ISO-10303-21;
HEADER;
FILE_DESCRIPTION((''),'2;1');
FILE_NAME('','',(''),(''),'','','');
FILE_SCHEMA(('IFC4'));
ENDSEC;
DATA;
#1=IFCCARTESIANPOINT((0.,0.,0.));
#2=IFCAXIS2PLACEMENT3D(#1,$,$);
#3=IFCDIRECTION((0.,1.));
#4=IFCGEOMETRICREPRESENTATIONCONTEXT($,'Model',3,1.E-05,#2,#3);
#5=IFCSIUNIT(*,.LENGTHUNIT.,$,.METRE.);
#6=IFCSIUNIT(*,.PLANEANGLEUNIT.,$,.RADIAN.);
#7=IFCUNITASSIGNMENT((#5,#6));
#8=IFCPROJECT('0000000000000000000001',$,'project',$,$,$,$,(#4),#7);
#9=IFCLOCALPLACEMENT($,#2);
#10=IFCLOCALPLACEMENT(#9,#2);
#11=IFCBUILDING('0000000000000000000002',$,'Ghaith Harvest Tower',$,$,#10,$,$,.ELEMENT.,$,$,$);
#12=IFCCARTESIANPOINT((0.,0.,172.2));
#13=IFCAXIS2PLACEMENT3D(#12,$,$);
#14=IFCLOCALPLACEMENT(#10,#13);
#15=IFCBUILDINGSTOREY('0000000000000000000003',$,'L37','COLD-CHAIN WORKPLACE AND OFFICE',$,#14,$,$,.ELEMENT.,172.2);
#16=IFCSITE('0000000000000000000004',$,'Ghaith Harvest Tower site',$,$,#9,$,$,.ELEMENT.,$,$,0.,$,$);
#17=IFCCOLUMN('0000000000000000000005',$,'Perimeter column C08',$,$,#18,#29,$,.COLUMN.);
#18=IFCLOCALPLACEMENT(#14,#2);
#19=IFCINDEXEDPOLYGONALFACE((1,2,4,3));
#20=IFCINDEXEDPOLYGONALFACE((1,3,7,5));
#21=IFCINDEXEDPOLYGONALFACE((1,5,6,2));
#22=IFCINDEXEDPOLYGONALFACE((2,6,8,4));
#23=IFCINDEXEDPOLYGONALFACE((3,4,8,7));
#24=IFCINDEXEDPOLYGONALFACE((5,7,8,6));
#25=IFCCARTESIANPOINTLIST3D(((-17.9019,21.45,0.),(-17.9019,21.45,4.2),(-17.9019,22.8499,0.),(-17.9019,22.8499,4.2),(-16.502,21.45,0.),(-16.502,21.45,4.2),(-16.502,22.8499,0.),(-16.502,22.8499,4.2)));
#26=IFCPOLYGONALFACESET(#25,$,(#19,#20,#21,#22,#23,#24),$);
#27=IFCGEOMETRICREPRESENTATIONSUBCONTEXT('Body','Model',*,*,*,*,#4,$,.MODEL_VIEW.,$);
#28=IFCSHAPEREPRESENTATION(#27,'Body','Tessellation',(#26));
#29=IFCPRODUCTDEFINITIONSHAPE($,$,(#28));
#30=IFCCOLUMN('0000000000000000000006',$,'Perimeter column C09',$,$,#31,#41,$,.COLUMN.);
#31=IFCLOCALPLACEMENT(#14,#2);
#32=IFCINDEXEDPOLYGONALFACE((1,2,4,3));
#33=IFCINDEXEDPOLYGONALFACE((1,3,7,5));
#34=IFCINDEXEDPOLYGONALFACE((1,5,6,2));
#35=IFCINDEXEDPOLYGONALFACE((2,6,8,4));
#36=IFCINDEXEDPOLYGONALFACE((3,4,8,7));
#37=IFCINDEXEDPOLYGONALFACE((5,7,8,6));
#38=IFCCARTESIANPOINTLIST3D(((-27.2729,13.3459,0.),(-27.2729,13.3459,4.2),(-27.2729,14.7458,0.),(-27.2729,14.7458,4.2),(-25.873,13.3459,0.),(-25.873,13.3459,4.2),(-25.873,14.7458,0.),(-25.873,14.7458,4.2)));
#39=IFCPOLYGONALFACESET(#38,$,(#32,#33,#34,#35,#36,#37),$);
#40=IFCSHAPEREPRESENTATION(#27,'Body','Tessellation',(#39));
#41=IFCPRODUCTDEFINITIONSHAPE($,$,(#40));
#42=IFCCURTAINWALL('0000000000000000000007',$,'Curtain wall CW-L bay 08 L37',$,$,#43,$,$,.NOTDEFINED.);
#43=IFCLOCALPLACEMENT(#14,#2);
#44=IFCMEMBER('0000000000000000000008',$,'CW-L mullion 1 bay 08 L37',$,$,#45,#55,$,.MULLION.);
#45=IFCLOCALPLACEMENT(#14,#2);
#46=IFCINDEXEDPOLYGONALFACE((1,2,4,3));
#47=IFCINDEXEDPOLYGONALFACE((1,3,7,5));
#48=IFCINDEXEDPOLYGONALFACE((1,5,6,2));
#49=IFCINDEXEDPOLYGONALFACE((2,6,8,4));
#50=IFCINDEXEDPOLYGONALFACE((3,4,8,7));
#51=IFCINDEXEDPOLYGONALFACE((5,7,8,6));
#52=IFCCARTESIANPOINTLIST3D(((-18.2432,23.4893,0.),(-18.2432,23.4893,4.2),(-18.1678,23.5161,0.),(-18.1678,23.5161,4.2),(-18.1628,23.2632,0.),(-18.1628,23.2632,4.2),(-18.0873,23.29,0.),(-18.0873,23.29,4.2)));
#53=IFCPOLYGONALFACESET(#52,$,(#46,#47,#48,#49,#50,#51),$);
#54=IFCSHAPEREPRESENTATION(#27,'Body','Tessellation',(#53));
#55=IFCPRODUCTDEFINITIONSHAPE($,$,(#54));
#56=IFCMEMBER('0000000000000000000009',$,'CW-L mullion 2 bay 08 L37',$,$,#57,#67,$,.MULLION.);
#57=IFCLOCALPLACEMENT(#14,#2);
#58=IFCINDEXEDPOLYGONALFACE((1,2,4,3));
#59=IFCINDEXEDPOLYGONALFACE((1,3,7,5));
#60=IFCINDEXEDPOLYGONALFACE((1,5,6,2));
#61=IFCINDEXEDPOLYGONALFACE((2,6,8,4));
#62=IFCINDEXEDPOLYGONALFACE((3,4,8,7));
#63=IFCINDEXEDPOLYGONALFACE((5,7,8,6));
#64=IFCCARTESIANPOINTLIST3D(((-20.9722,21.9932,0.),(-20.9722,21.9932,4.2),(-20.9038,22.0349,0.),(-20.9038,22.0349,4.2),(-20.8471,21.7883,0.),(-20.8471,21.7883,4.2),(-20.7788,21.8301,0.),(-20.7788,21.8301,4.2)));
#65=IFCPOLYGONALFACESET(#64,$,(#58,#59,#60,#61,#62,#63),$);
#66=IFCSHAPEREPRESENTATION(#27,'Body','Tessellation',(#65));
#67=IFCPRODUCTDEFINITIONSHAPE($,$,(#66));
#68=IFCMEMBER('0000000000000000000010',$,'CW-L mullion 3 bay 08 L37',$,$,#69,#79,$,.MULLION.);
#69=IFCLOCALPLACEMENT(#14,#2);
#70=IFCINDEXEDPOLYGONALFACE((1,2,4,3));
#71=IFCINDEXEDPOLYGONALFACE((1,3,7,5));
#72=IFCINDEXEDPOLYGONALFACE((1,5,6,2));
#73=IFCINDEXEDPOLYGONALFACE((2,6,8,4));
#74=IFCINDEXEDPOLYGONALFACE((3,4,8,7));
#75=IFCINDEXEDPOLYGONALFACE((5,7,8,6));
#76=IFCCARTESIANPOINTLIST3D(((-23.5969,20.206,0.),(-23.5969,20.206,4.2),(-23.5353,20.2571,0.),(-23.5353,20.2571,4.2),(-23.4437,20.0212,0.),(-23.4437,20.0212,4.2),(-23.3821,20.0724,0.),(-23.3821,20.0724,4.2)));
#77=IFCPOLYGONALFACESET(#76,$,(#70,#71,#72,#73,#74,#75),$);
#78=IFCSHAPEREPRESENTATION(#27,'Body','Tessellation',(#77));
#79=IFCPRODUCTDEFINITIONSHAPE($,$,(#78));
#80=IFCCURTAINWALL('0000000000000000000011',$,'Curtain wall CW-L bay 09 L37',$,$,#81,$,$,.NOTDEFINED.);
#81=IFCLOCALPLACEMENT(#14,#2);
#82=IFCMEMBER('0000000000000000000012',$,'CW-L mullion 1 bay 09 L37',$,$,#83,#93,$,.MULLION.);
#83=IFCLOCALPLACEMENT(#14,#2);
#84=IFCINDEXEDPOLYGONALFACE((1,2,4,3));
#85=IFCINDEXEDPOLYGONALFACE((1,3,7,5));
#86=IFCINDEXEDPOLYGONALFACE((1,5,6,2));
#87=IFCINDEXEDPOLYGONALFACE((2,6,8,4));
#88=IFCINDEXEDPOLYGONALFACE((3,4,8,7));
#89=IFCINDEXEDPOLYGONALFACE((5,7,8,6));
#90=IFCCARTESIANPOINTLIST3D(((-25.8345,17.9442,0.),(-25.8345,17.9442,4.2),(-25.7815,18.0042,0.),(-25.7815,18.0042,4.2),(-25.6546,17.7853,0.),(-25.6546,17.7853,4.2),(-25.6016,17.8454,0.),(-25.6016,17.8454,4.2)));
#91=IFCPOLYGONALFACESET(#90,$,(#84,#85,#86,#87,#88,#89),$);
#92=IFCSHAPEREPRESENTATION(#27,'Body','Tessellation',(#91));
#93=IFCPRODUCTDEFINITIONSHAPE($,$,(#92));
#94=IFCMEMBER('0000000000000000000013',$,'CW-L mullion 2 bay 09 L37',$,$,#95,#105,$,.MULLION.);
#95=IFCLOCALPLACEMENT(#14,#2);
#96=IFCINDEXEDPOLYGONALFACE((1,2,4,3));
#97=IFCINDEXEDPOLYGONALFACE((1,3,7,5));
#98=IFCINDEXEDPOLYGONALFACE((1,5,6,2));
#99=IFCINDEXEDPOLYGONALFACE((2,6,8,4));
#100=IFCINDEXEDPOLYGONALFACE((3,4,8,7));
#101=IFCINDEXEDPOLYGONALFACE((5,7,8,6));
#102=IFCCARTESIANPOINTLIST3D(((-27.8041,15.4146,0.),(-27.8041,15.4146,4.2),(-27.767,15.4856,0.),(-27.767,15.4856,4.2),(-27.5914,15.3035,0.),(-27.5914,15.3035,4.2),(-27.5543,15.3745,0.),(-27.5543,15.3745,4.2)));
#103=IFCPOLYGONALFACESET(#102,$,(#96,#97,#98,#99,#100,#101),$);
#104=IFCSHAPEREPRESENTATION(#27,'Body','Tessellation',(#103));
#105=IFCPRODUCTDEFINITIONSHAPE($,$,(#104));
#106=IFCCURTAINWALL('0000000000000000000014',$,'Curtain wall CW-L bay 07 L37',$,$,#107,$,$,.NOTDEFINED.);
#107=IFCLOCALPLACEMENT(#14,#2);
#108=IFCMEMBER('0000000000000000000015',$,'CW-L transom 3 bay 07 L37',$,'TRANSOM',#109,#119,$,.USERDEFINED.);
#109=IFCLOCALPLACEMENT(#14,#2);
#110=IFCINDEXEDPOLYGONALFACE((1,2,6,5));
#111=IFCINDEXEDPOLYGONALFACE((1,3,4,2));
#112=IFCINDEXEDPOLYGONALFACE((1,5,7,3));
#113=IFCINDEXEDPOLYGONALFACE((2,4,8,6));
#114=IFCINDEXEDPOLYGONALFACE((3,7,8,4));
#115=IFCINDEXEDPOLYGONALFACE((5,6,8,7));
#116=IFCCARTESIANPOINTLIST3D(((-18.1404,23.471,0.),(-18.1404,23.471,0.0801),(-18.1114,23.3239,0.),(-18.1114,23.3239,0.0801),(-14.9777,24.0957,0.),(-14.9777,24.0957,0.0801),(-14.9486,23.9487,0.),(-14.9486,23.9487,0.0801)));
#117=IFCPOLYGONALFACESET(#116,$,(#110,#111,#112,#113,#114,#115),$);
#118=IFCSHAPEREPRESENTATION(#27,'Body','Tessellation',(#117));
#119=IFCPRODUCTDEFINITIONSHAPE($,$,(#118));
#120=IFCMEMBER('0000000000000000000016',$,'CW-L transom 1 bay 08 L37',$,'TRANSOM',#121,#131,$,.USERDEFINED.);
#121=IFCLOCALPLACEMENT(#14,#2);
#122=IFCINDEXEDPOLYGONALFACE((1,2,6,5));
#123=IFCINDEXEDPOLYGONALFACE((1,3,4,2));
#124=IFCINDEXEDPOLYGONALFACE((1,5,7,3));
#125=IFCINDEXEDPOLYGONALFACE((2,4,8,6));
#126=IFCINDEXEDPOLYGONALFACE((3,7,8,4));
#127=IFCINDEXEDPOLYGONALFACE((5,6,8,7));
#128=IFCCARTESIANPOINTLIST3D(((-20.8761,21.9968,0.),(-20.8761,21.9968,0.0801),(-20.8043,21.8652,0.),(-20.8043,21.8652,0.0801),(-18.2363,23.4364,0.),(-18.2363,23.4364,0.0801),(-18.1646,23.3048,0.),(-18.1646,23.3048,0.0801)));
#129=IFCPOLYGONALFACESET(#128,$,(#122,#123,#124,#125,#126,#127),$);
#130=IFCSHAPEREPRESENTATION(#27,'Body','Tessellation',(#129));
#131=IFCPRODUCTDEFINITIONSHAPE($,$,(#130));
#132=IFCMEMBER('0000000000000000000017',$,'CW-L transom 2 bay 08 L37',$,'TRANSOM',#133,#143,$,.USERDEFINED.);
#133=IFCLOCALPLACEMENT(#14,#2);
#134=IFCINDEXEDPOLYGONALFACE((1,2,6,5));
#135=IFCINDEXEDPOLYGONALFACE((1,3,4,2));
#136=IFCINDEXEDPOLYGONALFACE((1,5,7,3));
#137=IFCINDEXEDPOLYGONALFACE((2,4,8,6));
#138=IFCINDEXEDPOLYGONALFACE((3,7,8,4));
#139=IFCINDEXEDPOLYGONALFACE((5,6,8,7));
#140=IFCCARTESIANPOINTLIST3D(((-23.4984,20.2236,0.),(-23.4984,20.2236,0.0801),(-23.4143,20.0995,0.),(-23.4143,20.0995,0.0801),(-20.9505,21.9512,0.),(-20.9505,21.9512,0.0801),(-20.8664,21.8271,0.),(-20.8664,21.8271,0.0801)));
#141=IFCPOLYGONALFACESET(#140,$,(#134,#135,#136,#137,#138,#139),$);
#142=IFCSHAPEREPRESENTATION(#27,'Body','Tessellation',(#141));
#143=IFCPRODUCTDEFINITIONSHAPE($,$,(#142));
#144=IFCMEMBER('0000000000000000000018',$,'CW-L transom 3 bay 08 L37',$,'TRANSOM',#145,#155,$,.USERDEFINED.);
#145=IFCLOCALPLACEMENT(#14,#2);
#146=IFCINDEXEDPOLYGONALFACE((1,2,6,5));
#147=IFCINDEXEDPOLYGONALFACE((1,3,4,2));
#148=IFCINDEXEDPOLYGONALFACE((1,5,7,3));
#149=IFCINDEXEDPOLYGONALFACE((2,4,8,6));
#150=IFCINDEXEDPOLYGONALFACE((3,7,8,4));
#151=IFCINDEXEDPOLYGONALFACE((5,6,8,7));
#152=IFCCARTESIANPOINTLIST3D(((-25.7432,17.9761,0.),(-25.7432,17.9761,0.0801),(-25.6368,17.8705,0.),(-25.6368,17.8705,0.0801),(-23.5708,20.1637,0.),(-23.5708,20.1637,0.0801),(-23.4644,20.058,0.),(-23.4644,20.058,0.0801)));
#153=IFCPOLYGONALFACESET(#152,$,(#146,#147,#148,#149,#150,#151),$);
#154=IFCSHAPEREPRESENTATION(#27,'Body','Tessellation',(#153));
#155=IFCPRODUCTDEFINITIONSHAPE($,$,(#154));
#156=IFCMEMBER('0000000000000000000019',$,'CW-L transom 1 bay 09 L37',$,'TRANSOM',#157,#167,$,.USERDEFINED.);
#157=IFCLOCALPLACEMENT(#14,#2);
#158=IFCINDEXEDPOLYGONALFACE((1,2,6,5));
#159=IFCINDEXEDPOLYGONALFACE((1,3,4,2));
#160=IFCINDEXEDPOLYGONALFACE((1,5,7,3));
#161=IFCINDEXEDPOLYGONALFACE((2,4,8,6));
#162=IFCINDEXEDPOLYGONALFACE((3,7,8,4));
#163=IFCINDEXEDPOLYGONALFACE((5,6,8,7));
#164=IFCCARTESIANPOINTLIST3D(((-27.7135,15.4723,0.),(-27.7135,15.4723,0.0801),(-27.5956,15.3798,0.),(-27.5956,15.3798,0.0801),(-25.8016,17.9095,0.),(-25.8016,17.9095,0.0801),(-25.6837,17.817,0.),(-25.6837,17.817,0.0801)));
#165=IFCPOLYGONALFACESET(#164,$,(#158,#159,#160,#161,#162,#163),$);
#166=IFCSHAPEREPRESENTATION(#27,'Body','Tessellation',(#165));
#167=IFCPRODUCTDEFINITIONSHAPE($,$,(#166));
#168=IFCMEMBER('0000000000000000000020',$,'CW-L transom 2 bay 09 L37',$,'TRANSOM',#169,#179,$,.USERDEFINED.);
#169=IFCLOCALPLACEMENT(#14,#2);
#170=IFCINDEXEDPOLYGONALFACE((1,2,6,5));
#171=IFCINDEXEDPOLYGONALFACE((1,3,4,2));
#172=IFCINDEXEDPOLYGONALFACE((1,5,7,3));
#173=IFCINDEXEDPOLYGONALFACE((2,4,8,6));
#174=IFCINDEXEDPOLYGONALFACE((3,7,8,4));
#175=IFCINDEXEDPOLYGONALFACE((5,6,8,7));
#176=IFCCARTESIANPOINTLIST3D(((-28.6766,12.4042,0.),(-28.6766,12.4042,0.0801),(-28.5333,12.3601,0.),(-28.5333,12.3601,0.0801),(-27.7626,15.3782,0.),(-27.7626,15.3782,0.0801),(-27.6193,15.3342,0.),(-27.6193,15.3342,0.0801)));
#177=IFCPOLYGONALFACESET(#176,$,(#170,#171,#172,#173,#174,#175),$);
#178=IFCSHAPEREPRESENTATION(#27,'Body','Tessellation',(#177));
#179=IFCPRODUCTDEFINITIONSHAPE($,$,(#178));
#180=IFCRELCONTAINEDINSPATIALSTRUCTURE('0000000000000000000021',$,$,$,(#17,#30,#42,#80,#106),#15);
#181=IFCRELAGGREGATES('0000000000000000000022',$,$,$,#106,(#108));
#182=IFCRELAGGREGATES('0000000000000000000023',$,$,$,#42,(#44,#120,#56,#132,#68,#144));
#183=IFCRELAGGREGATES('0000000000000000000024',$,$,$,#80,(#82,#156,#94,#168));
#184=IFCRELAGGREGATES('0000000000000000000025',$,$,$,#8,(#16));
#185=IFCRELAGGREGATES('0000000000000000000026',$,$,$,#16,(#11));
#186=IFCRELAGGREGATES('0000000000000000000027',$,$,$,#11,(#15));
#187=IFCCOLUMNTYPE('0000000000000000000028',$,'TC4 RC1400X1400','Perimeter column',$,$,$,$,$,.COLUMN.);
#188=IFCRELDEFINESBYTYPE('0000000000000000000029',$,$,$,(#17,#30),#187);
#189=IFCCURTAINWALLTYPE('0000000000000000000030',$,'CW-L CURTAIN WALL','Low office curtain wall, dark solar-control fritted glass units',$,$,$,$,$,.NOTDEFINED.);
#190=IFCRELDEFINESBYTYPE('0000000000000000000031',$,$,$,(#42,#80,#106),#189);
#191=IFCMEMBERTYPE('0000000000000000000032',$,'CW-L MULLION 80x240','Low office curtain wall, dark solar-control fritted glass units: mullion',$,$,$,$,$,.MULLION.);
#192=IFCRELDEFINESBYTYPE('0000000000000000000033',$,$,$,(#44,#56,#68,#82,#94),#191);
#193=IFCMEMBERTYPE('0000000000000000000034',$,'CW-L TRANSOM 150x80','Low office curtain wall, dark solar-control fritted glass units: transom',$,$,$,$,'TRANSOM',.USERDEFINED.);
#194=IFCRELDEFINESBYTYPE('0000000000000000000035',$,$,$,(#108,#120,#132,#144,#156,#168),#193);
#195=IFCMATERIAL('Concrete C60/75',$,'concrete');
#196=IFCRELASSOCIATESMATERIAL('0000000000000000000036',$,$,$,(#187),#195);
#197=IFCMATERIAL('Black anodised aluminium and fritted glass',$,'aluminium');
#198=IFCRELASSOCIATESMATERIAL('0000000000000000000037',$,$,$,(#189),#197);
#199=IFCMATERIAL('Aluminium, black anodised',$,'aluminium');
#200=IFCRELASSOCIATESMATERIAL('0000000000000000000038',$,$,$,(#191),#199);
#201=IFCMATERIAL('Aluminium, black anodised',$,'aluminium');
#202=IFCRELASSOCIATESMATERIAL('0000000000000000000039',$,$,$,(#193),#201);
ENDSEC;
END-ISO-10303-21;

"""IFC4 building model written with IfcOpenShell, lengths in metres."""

from ifc_helpers import new_model, si_unit, direction, frame, origin, origin_2d, place, context, subcontext, project, spatial, rectangle, extrude, material, material_profile, profile_set, type_object, element, aggregate, save


model = new_model("IFC4")

# Units and contexts
model_context = context("Model", 3, precision=1e-05, world=origin(), true_north=direction((0.0, 1.0)))
body_context = subcontext(model_context, "Body", "Model", "MODEL_VIEW")
ifc_project = project(units=[si_unit("LENGTHUNIT", "METRE"), si_unit("PLANEANGLEUNIT", "RADIAN")], contexts=[model_context])

# Site, building, storey
site_placement = place(None, origin())
site = spatial("IfcSite", under=ifc_project, at=site_placement, Name="Ghaith Harvest Tower site", CompositionType="ELEMENT", RefElevation=0.0)
building_placement = place(site_placement, origin())
building = spatial("IfcBuilding", under=site, at=building_placement, Name="Ghaith Harvest Tower", CompositionType="ELEMENT")
storey_placement = place(building_placement, frame((0.0, 0.0, 172.2)))
storey = spatial("IfcBuildingStorey", under=building, at=storey_placement, Name="L37", Description="COLD-CHAIN WORKPLACE AND OFFICE", CompositionType="ELEMENT", Elevation=172.2)

# Columns
ifc_material_1 = material(Name="Concrete C60/75", Category="concrete")
ifc_material_profile_1 = material_profile(ifc_material_1, rectangle(XDim=1.3999, YDim=1.3999, at=origin_2d()), Name="RC1400X1400")
ifc_profile_set_1 = profile_set([ifc_material_profile_1], Name="Concrete C60/75")
column_type = type_object("IfcColumnType", Name="TC4 RC1400X1400", Description="Perimeter column", PredefinedType="COLUMN", material=ifc_profile_set_1)
for number, where, z_axis, x_axis, name in (
    (1, (-17.2019, 22.1499, 0.0), (0.0, 0.0, 1.0), (1.0, 0.0, 0.0), "Perimeter column C08"),
    (2, (-26.573, 14.0459, 0.0), (0.0, 0.0, 1.0), (1.0, 0.0, 0.0), "Perimeter column C09"),
):
    element("IfcColumn", number, at=place(storey_placement, frame(where, z_axis=z_axis, x_axis=x_axis)), inside=storey, type_object=column_type, Name=name, PredefinedType="COLUMN", context=body_context, shape_type="SweptSolid", body=[
        extrude(rectangle(XDim=1.3999, YDim=1.3999, at=origin_2d()), origin(), (0.0, 0.0, 1.0), 4.2),
    ])

# Curtain walls, members
ifc_material_2 = material(Name="Black anodised aluminium and fritted glass", Category="aluminium")
curtain_wall_type = type_object("IfcCurtainWallType", Name="CW-L CURTAIN WALL", Description="Low office curtain wall, dark solar-control fritted glass units", PredefinedType="NOTDEFINED", material=ifc_material_2)
curtain_wall_1_placement = place(storey_placement, origin())
curtain_wall_1 = element("IfcCurtainWall", 3, at=curtain_wall_1_placement, inside=storey, type_object=curtain_wall_type, Name="Curtain wall CW-L bay 08 L37", PredefinedType="NOTDEFINED")
ifc_material_3 = material(Name="Aluminium, black anodised", Category="aluminium")
ifc_material_profile_2 = material_profile(ifc_material_3, rectangle(XDim=0.0801, YDim=0.24, at=origin_2d()), Name="CW-L MULLION 80x240")
ifc_profile_set_2 = profile_set([ifc_material_profile_2], Name="Aluminium, black anodised")
member_type_1 = type_object("IfcMemberType", Name="CW-L MULLION 80x240", Description="Low office curtain wall, dark solar-control fritted glass units: mullion", PredefinedType="MULLION", material=ifc_profile_set_2)
member_1_placement = place(storey_placement, frame((-18.1653, 23.3896, 0.0), z_axis=(0.0, 0.0, 1.0), x_axis=(-0.942104, -0.335322, 0.0)))
member_1 = element("IfcMember", 4, at=member_1_placement, type_object=member_type_1, Name="CW-L mullion 1 bay 08 L37", PredefinedType="MULLION", context=body_context, shape_type="SweptSolid", body=[
    extrude(rectangle(XDim=0.0801, YDim=0.24, at=origin_2d()), origin(), (0.0, 0.0, 1.0), 4.2),
])
member_2_placement = place(storey_placement, frame((-20.8755, 21.9116, 0.0), z_axis=(0.0, 0.0, 1.0), x_axis=(-0.853516, -0.521067, 0.0)))
member_2 = element("IfcMember", 5, at=member_2_placement, type_object=member_type_1, Name="CW-L mullion 2 bay 08 L37", PredefinedType="MULLION", context=body_context, shape_type="SweptSolid", body=[
    extrude(rectangle(XDim=0.0801, YDim=0.24, at=origin_2d()), origin(), (0.0, 0.0, 1.0), 4.2),
])
member_3_placement = place(storey_placement, frame((-23.4895, 20.1392, 0.0), z_axis=(0.0, 0.0, 1.0), x_axis=(-0.769683, -0.638427, 0.0)))
member_3 = element("IfcMember", 6, at=member_3_placement, type_object=member_type_1, Name="CW-L mullion 3 bay 08 L37", PredefinedType="MULLION", context=body_context, shape_type="SweptSolid", body=[
    extrude(rectangle(XDim=0.0801, YDim=0.24, at=origin_2d()), origin(), (0.0, 0.0, 1.0), 4.2),
])
curtain_wall_2_placement = place(storey_placement, origin())
curtain_wall_2 = element("IfcCurtainWall", 7, at=curtain_wall_2_placement, inside=storey, type_object=curtain_wall_type, Name="Curtain wall CW-L bay 09 L37", PredefinedType="NOTDEFINED")
member_4_placement = place(storey_placement, frame((-25.718, 17.8948, 0.0), z_axis=(0.0, 0.0, 1.0), x_axis=(-0.661904, -0.749589, 0.0)))
member_4 = element("IfcMember", 8, at=member_4_placement, type_object=member_type_1, Name="CW-L mullion 1 bay 09 L37", PredefinedType="MULLION", context=body_context, shape_type="SweptSolid", body=[
    extrude(rectangle(XDim=0.0801, YDim=0.24, at=origin_2d()), origin(), (0.0, 0.0, 1.0), 4.2),
])
member_5_placement = place(storey_placement, frame((-27.6792, 15.3945, 0.0), z_axis=(0.0, 0.0, 1.0), x_axis=(-0.46289, -0.886416, 0.0)))
member_5 = element("IfcMember", 9, at=member_5_placement, type_object=member_type_1, Name="CW-L mullion 2 bay 09 L37", PredefinedType="MULLION", context=body_context, shape_type="SweptSolid", body=[
    extrude(rectangle(XDim=0.0801, YDim=0.24, at=origin_2d()), origin(), (0.0, 0.0, 1.0), 4.2),
])

# Curtain wall, member
curtain_wall_3_placement = place(storey_placement, origin())
curtain_wall_3 = element("IfcCurtainWall", 10, at=curtain_wall_3_placement, inside=storey, type_object=curtain_wall_type, Name="Curtain wall CW-L bay 07 L37", PredefinedType="NOTDEFINED")
ifc_material_4 = material(Name="Aluminium, black anodised", Category="aluminium")
ifc_material_profile_3 = material_profile(ifc_material_4, rectangle(XDim=0.1499, YDim=0.0801, at=origin_2d()), Name="CW-L TRANSOM 150x80")
ifc_profile_set_3 = profile_set([ifc_material_profile_3], Name="Aluminium, black anodised")
member_type_2 = type_object("IfcMemberType", Name="CW-L TRANSOM 150x80", Description="Low office curtain wall, dark solar-control fritted glass units: transom", ElementType="TRANSOM", PredefinedType="USERDEFINED", material=ifc_profile_set_3)
member_6_placement = place(storey_placement, frame((-14.9631, 24.0222, 0.04), z_axis=(-0.981044, -0.193786, 0.0), x_axis=(0.193786, -0.981044, 0.0)))
member_6 = element("IfcMember", 11, at=member_6_placement, type_object=member_type_2, Name="CW-L transom 3 bay 07 L37", ObjectType="TRANSOM", PredefinedType="USERDEFINED", context=body_context, shape_type="SweptSolid", body=[
    extrude(rectangle(XDim=0.1499, YDim=0.0801, at=origin_2d()), origin(), (0.0, 0.0, 1.0), 3.2239),
])

# Members
member_7_placement = place(storey_placement, frame((-18.2004, 23.3706, 0.04), z_axis=(-0.87793, -0.47879, 0.0), x_axis=(0.47879, -0.87793, 0.0)))
member_7 = element("IfcMember", 12, at=member_7_placement, type_object=member_type_2, Name="CW-L transom 1 bay 08 L37", ObjectType="TRANSOM", PredefinedType="USERDEFINED", context=body_context, shape_type="SweptSolid", body=[
    extrude(rectangle(XDim=0.1499, YDim=0.0801, at=origin_2d()), origin(), (0.0, 0.0, 1.0), 3.0068),
])
member_8_placement = place(storey_placement, frame((-20.9084, 21.8892, 0.04), z_axis=(-0.827681, -0.561199, 0.0), x_axis=(0.561199, -0.827681, 0.0)))
member_8 = element("IfcMember", 13, at=member_8_placement, type_object=member_type_2, Name="CW-L transom 2 bay 08 L37", ObjectType="TRANSOM", PredefinedType="USERDEFINED", context=body_context, shape_type="SweptSolid", body=[
    extrude(rectangle(XDim=0.1499, YDim=0.0801, at=origin_2d()), origin(), (0.0, 0.0, 1.0), 3.0784),
])
member_9_placement = place(storey_placement, frame((-23.5176, 20.1108, 0.04), z_axis=(-0.704648, -0.709557, 0.0), x_axis=(0.709557, -0.704648, 0.0)))
member_9 = element("IfcMember", 14, at=member_9_placement, type_object=member_type_2, Name="CW-L transom 3 bay 08 L37", ObjectType="TRANSOM", PredefinedType="USERDEFINED", context=body_context, shape_type="SweptSolid", body=[
    extrude(rectangle(XDim=0.1499, YDim=0.0801, at=origin_2d()), origin(), (0.0, 0.0, 1.0), 3.083),
])
member_10_placement = place(storey_placement, frame((-25.7427, 17.8633, 0.04), z_axis=(-0.617198, -0.786808, 0.0), x_axis=(0.786808, -0.617198, 0.0)))
member_10 = element("IfcMember", 15, at=member_10_placement, type_object=member_type_2, Name="CW-L transom 1 bay 09 L37", ObjectType="TRANSOM", PredefinedType="USERDEFINED", context=body_context, shape_type="SweptSolid", body=[
    extrude(rectangle(XDim=0.1499, YDim=0.0801, at=origin_2d()), origin(), (0.0, 0.0, 1.0), 3.0977),
])
member_11_placement = place(storey_placement, frame((-27.6909, 15.3562, 0.04), z_axis=(-0.293777, -0.955874, 0.0), x_axis=(0.955874, -0.293777, 0.0)))
member_11 = element("IfcMember", 16, at=member_11_placement, type_object=member_type_2, Name="CW-L transom 2 bay 09 L37", ObjectType="TRANSOM", PredefinedType="USERDEFINED", context=body_context, shape_type="SweptSolid", body=[
    extrude(rectangle(XDim=0.1499, YDim=0.0801, at=origin_2d()), origin(), (0.0, 0.0, 1.0), 3.1113),
])

aggregate(curtain_wall_3, [member_6])
aggregate(curtain_wall_1, [member_1, member_7, member_2, member_8, member_3, member_9])
aggregate(curtain_wall_2, [member_4, member_10, member_5, member_11])

save(model, "model.ifc")
